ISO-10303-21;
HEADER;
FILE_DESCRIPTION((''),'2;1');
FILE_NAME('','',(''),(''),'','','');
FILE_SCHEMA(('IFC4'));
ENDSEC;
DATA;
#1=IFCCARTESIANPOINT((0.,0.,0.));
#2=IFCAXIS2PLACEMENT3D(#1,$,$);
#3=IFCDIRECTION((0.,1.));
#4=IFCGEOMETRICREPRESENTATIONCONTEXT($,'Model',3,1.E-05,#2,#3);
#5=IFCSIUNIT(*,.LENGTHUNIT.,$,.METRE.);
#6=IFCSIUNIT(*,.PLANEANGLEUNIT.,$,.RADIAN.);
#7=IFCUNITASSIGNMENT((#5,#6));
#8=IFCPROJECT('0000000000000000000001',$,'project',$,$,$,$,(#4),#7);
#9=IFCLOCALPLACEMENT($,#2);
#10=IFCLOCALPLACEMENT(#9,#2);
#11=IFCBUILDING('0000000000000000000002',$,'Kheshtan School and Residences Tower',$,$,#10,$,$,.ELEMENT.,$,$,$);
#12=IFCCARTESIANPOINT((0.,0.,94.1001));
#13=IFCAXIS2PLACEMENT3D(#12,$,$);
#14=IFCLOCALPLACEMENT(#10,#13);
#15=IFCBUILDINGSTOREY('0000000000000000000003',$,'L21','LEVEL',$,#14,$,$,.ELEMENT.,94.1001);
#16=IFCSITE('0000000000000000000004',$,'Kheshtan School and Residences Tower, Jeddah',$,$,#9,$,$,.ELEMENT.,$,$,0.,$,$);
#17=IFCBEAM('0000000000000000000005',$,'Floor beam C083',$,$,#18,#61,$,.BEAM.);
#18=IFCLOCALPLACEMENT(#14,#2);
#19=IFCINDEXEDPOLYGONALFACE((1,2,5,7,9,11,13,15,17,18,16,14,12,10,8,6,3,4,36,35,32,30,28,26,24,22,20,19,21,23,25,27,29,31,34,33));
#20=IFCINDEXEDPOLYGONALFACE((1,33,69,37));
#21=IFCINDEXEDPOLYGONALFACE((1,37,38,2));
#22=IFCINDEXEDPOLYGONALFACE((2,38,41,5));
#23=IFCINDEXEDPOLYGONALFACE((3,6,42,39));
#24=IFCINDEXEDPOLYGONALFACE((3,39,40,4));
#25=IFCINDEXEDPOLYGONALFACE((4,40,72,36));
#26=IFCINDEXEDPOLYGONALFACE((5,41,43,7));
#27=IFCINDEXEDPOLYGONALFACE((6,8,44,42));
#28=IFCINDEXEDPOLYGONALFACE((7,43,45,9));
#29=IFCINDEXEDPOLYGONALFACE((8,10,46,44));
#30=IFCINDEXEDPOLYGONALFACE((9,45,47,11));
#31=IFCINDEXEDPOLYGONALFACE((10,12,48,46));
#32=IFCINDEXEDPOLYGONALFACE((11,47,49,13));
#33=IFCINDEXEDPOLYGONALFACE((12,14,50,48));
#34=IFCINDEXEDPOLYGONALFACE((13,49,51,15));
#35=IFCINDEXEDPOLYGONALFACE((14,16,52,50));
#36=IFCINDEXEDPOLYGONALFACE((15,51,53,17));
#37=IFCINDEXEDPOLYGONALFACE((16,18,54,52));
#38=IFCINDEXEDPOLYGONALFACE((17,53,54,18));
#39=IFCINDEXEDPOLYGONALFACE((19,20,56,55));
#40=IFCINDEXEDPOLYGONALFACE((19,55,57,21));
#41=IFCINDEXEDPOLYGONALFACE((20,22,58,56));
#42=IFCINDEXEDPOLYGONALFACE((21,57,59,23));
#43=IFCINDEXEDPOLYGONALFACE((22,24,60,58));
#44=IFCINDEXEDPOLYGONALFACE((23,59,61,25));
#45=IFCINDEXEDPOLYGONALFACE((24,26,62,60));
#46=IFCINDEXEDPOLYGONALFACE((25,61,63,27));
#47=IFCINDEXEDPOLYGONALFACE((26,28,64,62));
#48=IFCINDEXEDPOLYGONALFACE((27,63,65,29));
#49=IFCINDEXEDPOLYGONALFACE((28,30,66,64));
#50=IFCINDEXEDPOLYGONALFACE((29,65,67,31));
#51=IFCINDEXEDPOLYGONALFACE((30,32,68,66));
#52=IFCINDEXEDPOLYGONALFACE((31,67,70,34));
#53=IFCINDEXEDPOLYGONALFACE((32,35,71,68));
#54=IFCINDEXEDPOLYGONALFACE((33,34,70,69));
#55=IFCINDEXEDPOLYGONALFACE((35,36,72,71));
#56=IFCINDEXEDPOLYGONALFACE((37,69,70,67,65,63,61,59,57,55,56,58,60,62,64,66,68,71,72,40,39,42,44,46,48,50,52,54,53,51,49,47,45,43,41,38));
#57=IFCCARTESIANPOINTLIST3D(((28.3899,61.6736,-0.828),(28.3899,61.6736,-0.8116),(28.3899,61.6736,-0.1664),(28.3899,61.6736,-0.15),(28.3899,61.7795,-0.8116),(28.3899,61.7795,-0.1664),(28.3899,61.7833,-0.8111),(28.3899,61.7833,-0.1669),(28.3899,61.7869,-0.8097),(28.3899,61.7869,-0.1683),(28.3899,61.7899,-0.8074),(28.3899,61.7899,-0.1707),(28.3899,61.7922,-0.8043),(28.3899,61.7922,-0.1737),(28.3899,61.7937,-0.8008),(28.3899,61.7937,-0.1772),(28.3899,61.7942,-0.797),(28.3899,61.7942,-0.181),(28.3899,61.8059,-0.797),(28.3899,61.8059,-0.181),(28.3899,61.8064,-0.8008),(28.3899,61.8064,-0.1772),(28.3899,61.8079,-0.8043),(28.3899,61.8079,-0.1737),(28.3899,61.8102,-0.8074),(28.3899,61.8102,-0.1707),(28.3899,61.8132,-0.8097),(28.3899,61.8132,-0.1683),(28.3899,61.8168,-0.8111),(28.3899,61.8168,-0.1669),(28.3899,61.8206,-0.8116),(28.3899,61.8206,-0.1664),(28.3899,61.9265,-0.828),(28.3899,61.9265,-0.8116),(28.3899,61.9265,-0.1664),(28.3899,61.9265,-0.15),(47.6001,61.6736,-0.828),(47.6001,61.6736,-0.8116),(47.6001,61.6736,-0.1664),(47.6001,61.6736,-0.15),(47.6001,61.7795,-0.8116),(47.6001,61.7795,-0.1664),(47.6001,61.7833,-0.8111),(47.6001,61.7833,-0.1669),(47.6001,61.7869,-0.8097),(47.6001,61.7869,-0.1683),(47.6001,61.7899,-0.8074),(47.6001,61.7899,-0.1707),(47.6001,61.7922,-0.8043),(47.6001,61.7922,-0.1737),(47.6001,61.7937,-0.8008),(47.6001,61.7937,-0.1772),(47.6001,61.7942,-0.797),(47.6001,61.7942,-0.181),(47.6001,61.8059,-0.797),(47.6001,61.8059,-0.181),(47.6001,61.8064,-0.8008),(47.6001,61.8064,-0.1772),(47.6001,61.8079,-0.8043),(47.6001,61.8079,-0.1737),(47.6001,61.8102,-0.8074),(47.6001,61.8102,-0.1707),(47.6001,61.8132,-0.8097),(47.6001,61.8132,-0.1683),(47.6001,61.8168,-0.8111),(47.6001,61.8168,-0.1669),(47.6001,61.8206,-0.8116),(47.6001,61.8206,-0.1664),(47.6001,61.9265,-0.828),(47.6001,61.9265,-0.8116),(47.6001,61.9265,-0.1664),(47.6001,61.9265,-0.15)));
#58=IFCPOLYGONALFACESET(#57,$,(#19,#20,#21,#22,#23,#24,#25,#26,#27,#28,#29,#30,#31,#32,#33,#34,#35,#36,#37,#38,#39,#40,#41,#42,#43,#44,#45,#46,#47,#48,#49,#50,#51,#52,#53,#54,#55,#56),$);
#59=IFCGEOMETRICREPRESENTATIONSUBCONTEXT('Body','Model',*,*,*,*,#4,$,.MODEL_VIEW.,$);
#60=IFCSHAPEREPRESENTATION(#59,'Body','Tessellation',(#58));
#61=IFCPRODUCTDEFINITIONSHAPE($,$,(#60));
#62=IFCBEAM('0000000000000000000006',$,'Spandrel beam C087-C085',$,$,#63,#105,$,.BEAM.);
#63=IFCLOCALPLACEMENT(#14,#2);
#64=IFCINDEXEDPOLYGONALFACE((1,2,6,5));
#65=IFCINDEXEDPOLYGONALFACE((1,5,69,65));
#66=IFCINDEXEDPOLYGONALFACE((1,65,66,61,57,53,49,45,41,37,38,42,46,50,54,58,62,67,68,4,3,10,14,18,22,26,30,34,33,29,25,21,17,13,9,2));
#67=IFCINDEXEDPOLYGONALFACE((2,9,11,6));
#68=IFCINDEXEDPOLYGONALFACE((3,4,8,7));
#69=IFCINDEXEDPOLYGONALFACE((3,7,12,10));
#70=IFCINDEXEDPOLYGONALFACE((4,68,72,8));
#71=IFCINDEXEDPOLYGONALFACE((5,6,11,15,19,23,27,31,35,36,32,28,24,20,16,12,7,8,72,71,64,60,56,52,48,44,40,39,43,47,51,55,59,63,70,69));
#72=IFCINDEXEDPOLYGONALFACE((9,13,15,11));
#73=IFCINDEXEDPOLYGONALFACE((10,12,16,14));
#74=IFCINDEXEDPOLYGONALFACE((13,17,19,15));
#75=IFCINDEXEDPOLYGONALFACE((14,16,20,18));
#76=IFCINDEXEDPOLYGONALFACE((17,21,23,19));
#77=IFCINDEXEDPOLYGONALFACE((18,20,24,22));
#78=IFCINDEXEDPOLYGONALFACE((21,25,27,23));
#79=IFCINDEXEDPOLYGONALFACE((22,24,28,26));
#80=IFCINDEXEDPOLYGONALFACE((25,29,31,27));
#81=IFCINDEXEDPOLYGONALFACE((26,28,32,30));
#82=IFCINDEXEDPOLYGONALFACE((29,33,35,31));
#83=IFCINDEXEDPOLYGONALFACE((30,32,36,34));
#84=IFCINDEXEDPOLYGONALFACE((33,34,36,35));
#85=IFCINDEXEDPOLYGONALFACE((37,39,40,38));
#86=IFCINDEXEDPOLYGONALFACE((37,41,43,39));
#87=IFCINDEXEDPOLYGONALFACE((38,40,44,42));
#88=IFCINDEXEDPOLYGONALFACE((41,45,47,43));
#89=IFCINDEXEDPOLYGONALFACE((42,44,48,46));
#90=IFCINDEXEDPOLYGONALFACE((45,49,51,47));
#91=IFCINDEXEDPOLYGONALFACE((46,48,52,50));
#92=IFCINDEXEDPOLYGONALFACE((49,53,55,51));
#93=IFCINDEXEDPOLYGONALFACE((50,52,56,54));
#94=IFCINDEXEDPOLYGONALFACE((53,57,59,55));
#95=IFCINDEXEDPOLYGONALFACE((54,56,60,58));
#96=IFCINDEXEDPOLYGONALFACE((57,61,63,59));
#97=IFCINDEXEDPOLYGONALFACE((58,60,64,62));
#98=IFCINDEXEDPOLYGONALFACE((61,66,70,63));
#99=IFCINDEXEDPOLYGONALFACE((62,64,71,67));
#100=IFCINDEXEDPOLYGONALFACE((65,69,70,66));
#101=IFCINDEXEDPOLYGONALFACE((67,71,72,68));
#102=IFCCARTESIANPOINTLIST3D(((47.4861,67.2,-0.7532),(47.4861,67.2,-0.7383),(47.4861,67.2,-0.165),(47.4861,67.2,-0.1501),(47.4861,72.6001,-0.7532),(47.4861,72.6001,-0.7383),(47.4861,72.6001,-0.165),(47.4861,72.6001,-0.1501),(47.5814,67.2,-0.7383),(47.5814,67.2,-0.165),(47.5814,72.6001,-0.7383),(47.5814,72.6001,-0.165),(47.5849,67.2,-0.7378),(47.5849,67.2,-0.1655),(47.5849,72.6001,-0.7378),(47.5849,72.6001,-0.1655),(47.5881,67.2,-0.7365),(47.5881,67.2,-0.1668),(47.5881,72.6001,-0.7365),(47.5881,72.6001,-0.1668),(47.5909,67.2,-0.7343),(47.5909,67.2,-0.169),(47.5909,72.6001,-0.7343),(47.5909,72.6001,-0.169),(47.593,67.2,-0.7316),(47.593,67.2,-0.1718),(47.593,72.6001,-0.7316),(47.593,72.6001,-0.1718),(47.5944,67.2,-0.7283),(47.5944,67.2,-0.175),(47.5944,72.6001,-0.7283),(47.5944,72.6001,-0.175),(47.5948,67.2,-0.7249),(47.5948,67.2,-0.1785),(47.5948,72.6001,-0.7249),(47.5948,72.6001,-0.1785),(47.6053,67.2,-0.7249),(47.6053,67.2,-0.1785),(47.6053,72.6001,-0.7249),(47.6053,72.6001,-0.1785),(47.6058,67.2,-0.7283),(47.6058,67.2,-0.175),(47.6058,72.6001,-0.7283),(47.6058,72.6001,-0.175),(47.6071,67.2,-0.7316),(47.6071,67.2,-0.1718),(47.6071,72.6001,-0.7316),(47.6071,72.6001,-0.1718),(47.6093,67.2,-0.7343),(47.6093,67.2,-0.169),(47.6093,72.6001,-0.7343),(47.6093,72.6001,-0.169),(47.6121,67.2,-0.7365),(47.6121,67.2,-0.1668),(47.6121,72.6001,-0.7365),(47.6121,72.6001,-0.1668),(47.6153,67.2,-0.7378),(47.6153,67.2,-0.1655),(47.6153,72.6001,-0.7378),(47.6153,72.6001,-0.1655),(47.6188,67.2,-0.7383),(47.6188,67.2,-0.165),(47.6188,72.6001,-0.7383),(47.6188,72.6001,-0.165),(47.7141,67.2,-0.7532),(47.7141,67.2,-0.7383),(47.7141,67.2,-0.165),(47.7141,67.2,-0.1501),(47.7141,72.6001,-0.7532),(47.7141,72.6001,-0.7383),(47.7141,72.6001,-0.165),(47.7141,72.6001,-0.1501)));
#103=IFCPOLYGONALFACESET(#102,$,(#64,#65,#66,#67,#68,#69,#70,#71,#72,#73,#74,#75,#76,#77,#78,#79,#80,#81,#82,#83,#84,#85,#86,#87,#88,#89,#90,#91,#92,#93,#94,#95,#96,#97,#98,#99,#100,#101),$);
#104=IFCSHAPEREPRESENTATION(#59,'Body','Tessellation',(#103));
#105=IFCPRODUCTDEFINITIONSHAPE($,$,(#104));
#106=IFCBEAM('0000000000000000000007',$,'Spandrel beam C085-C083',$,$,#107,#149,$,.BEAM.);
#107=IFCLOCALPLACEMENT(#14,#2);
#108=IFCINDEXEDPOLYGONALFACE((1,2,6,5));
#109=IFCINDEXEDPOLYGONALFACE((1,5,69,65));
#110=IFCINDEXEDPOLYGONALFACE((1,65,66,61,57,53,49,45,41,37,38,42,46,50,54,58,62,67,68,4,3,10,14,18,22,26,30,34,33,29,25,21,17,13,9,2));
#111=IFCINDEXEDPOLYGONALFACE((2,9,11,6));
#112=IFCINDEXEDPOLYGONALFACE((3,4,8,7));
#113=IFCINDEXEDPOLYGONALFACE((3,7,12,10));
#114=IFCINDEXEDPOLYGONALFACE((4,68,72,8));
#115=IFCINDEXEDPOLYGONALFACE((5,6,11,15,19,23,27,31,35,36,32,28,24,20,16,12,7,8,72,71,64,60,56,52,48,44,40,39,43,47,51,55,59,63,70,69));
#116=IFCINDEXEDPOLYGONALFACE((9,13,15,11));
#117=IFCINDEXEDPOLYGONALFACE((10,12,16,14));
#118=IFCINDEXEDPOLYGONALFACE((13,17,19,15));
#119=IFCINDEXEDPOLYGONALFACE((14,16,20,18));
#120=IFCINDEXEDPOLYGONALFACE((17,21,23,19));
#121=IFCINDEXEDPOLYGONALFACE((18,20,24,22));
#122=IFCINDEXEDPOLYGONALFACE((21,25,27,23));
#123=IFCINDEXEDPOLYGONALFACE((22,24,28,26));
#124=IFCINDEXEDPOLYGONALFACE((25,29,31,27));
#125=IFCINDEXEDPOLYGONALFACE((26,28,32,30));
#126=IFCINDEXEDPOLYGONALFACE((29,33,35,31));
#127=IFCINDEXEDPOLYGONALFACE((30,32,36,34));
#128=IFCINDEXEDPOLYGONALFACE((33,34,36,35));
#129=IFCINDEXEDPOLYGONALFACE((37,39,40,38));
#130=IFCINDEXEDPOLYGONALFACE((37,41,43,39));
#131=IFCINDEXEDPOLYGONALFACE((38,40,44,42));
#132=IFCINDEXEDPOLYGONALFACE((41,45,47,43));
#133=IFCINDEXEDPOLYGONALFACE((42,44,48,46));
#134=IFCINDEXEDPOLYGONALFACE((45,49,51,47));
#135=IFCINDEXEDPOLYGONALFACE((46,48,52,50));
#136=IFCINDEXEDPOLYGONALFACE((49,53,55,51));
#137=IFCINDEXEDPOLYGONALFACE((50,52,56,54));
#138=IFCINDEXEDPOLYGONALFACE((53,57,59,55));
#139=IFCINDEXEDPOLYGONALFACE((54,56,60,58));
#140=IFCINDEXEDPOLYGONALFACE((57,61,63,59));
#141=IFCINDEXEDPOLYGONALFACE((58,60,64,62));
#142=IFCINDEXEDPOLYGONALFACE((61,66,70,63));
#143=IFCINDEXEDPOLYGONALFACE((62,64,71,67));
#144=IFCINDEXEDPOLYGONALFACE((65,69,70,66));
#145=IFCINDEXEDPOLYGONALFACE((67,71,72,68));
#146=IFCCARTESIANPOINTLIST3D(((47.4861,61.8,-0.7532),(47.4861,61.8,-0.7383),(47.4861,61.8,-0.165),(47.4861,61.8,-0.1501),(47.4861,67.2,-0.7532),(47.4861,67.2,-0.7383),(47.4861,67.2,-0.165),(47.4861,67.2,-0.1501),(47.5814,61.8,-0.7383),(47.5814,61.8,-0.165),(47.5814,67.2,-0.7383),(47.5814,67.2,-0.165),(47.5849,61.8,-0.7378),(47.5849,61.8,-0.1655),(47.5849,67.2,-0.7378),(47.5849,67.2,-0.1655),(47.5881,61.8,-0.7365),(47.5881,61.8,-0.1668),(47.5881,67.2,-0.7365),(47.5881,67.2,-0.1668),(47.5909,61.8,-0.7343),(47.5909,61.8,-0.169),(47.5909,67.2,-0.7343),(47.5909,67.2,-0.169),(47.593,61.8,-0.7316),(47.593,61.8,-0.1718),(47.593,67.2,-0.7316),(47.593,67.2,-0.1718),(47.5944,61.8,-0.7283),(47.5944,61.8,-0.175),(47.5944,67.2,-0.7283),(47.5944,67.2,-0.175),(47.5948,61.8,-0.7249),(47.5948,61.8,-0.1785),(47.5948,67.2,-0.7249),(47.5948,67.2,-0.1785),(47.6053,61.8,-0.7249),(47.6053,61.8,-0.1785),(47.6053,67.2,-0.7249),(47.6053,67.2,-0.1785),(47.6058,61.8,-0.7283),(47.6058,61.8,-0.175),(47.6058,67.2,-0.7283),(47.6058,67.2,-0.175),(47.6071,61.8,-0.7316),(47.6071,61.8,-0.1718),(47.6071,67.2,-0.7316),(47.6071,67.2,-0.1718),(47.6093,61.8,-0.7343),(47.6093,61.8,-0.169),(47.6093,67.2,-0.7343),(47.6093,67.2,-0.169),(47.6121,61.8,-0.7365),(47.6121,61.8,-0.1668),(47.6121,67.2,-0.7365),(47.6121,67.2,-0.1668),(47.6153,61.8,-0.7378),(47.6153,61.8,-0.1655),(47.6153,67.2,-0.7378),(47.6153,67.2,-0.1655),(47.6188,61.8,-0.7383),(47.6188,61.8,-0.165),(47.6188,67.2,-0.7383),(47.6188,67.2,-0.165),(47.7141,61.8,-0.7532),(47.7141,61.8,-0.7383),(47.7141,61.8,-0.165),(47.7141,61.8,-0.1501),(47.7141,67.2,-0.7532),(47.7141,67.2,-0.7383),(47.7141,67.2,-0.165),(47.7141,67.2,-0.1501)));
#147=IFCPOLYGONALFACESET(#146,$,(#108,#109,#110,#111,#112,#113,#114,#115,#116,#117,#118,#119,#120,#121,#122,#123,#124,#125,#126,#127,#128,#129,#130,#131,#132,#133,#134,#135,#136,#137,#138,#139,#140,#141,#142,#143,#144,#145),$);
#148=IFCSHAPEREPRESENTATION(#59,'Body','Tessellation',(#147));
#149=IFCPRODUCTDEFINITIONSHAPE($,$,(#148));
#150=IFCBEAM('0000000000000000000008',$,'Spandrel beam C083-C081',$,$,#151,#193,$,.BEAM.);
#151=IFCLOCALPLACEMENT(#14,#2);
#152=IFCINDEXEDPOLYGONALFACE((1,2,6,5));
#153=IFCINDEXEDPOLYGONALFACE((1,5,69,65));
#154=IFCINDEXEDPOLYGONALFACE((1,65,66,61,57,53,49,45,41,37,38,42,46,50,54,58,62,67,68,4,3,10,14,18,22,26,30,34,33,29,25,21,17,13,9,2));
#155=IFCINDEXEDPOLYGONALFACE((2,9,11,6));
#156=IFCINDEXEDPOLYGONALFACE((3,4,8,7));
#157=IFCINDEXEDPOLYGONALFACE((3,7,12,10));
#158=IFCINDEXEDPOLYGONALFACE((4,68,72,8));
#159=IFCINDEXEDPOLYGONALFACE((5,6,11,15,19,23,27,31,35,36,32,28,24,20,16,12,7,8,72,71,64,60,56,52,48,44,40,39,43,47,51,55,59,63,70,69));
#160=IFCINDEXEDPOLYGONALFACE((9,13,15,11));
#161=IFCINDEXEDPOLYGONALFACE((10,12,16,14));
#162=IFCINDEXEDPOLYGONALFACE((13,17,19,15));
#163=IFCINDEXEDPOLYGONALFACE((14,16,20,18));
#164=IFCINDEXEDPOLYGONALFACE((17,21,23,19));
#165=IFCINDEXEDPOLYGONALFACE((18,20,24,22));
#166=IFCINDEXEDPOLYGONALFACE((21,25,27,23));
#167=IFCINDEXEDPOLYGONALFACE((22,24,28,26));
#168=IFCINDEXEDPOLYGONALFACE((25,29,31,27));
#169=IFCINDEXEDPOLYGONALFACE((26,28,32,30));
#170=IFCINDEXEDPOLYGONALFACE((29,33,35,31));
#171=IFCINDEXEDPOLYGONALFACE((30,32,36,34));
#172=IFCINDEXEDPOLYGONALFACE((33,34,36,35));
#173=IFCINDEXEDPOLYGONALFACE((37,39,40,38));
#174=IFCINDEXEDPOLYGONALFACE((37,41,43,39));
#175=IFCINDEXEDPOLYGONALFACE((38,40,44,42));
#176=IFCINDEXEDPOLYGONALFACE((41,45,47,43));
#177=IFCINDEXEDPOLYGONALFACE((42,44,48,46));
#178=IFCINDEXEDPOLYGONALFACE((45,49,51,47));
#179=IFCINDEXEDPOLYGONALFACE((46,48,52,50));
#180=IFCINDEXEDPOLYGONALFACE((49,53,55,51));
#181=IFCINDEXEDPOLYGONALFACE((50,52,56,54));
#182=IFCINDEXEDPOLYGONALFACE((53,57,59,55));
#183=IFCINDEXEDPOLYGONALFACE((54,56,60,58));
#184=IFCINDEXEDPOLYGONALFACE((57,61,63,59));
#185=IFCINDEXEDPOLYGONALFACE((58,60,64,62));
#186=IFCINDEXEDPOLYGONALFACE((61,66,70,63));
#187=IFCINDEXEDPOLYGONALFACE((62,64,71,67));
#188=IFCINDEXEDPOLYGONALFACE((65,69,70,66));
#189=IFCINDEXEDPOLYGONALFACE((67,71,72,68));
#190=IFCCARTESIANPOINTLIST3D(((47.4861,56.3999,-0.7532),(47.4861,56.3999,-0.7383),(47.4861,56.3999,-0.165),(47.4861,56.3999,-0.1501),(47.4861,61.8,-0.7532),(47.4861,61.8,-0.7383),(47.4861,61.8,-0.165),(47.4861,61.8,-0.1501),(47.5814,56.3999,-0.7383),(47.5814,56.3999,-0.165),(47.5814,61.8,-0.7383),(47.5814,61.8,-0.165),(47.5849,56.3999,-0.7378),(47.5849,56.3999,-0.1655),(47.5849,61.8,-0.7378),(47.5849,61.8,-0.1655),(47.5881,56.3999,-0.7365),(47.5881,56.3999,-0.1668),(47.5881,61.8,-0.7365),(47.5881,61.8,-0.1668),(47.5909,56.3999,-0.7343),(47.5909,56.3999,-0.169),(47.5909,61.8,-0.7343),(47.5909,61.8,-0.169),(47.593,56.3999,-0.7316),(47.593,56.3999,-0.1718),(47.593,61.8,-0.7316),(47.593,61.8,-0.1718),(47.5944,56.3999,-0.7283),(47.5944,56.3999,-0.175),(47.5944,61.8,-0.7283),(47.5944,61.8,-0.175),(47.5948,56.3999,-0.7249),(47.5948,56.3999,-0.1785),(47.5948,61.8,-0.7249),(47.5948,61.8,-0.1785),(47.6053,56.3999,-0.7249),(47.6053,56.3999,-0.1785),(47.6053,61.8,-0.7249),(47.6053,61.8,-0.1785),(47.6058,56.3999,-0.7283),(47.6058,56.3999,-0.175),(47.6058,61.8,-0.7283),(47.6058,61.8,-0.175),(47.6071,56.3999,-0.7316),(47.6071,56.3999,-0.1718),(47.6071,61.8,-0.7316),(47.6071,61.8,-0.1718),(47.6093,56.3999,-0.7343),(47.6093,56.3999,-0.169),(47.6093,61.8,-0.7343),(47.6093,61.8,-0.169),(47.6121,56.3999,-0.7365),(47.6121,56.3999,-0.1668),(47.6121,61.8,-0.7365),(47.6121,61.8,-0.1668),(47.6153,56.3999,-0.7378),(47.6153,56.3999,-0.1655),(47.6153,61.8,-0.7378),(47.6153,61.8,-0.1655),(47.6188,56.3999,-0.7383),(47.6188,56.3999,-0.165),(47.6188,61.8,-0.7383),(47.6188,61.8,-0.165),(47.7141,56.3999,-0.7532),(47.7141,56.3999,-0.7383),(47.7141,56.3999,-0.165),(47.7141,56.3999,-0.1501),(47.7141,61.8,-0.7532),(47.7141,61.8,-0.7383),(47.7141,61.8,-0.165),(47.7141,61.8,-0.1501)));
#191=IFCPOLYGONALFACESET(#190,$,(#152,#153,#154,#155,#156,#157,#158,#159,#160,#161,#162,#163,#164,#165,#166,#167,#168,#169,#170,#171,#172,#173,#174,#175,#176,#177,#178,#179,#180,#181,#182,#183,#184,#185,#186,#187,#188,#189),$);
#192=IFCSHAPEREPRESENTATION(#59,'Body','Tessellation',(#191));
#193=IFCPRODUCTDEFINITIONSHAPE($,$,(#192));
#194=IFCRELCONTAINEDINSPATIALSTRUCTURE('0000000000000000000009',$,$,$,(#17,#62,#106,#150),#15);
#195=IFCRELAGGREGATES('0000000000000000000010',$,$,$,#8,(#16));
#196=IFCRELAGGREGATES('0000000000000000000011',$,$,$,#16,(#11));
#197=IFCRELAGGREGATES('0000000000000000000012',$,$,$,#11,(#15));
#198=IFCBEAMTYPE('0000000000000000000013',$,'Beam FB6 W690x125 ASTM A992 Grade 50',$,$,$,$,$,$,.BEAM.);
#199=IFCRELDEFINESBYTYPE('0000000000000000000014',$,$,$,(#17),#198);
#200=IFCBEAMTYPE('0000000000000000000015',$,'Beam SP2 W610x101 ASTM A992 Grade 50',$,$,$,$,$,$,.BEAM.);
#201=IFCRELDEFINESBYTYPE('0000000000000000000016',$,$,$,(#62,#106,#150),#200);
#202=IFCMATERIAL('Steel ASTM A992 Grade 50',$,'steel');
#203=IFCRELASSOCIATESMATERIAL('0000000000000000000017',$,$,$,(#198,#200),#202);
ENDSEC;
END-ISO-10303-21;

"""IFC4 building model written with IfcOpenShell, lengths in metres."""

from ifc_helpers import new_model, si_unit, direction, frame, origin, origin_2d, place, context, subcontext, project, spatial, i_section, extrude, material, material_profile, profile_set, type_object, element, save


model = new_model("IFC4")

# Units and contexts
model_context = context("Model", 3, precision=1e-05, world=origin(), true_north=direction((0.0, 1.0)))
body_context = subcontext(model_context, "Body", "Model", "MODEL_VIEW")
ifc_project = project(units=[si_unit("LENGTHUNIT", "METRE"), si_unit("PLANEANGLEUNIT", "RADIAN")], contexts=[model_context])

# Site, building, storey
site_placement = place(None, origin())
site = spatial("IfcSite", under=ifc_project, at=site_placement, Name="Kheshtan School and Residences Tower, Jeddah", CompositionType="ELEMENT", RefElevation=0.0)
building_placement = place(site_placement, origin())
building = spatial("IfcBuilding", under=site, at=building_placement, Name="Kheshtan School and Residences Tower", CompositionType="ELEMENT")
storey_placement = place(building_placement, frame((0.0, 0.0, 94.1001)))
storey = spatial("IfcBuildingStorey", under=building, at=storey_placement, Name="L21", Description="LEVEL", CompositionType="ELEMENT", Elevation=94.1001)

# Shared definitions
ifc_material_1 = material(Name="Steel ASTM A992 Grade 50", Category="steel")

# Beams
ifc_material_profile_1 = material_profile(ifc_material_1, i_section(OverallWidth=0.2529, OverallDepth=0.678, WebThickness=0.0117, FlangeThickness=0.0164, FilletRadius=0.0146, at=origin_2d()), Name="W690x125")
ifc_profile_set_1 = profile_set([ifc_material_profile_1], Name="Steel ASTM A992 Grade 50")
beam_type_1 = type_object("IfcBeamType", Name="Beam FB6 W690x125 ASTM A992 Grade 50", PredefinedType="BEAM", material=ifc_profile_set_1)
beam_1_placement = place(storey_placement, frame((47.6001, 61.8, -0.489), z_axis=(-1.0, 0.0, 0.0), x_axis=(0.0, -1.0, 0.0)))
element("IfcBeam", 1, at=beam_1_placement, inside=storey, type_object=beam_type_1, Name="Floor beam C083", PredefinedType="BEAM", context=body_context, shape_type="SweptSolid", body=[
    extrude(i_section(OverallWidth=0.2529, OverallDepth=0.678, WebThickness=0.0117, FlangeThickness=0.0164, FilletRadius=0.0146, at=origin_2d()), origin(), (0.0, 0.0, 1.0), 19.2102),
])
ifc_material_profile_2 = material_profile(ifc_material_1, i_section(OverallWidth=0.228, OverallDepth=0.603, WebThickness=0.0105, FlangeThickness=0.0149, FilletRadius=0.0134, at=origin_2d()), Name="W610x101")
ifc_profile_set_2 = profile_set([ifc_material_profile_2], Name="Steel ASTM A992 Grade 50")
beam_type_2 = type_object("IfcBeamType", Name="Beam SP2 W610x101 ASTM A992 Grade 50", PredefinedType="BEAM", material=ifc_profile_set_2)
beam_2_placement = place(storey_placement, frame((47.6001, 72.6001, -0.4517), z_axis=(0.0, -1.0, 0.0), x_axis=(1.0, 0.0, 0.0)))
element("IfcBeam", 2, at=beam_2_placement, inside=storey, type_object=beam_type_2, Name="Spandrel beam C087-C085", PredefinedType="BEAM", context=body_context, shape_type="SweptSolid", body=[
    extrude(i_section(OverallWidth=0.228, OverallDepth=0.603, WebThickness=0.0105, FlangeThickness=0.0149, FilletRadius=0.0134, at=origin_2d()), origin(), (0.0, 0.0, 1.0), 5.4001),
])
beam_3_placement = place(storey_placement, frame((47.6001, 67.2, -0.4517), z_axis=(0.0, -1.0, 0.0), x_axis=(1.0, 0.0, 0.0)))
element("IfcBeam", 3, at=beam_3_placement, inside=storey, type_object=beam_type_2, Name="Spandrel beam C085-C083", PredefinedType="BEAM", context=body_context, shape_type="SweptSolid", body=[
    extrude(i_section(OverallWidth=0.228, OverallDepth=0.603, WebThickness=0.0105, FlangeThickness=0.0149, FilletRadius=0.0134, at=origin_2d()), origin(), (0.0, 0.0, 1.0), 5.3999),
])
beam_4_placement = place(storey_placement, frame((47.6001, 61.8, -0.4517), z_axis=(0.0, -1.0, 0.0), x_axis=(1.0, 0.0, 0.0)))
element("IfcBeam", 4, at=beam_4_placement, inside=storey, type_object=beam_type_2, Name="Spandrel beam C083-C081", PredefinedType="BEAM", context=body_context, shape_type="SweptSolid", body=[
    extrude(i_section(OverallWidth=0.228, OverallDepth=0.603, WebThickness=0.0105, FlangeThickness=0.0149, FilletRadius=0.0134, at=origin_2d()), origin(), (0.0, 0.0, 1.0), 5.4001),
])

save(model, "model.ifc")
